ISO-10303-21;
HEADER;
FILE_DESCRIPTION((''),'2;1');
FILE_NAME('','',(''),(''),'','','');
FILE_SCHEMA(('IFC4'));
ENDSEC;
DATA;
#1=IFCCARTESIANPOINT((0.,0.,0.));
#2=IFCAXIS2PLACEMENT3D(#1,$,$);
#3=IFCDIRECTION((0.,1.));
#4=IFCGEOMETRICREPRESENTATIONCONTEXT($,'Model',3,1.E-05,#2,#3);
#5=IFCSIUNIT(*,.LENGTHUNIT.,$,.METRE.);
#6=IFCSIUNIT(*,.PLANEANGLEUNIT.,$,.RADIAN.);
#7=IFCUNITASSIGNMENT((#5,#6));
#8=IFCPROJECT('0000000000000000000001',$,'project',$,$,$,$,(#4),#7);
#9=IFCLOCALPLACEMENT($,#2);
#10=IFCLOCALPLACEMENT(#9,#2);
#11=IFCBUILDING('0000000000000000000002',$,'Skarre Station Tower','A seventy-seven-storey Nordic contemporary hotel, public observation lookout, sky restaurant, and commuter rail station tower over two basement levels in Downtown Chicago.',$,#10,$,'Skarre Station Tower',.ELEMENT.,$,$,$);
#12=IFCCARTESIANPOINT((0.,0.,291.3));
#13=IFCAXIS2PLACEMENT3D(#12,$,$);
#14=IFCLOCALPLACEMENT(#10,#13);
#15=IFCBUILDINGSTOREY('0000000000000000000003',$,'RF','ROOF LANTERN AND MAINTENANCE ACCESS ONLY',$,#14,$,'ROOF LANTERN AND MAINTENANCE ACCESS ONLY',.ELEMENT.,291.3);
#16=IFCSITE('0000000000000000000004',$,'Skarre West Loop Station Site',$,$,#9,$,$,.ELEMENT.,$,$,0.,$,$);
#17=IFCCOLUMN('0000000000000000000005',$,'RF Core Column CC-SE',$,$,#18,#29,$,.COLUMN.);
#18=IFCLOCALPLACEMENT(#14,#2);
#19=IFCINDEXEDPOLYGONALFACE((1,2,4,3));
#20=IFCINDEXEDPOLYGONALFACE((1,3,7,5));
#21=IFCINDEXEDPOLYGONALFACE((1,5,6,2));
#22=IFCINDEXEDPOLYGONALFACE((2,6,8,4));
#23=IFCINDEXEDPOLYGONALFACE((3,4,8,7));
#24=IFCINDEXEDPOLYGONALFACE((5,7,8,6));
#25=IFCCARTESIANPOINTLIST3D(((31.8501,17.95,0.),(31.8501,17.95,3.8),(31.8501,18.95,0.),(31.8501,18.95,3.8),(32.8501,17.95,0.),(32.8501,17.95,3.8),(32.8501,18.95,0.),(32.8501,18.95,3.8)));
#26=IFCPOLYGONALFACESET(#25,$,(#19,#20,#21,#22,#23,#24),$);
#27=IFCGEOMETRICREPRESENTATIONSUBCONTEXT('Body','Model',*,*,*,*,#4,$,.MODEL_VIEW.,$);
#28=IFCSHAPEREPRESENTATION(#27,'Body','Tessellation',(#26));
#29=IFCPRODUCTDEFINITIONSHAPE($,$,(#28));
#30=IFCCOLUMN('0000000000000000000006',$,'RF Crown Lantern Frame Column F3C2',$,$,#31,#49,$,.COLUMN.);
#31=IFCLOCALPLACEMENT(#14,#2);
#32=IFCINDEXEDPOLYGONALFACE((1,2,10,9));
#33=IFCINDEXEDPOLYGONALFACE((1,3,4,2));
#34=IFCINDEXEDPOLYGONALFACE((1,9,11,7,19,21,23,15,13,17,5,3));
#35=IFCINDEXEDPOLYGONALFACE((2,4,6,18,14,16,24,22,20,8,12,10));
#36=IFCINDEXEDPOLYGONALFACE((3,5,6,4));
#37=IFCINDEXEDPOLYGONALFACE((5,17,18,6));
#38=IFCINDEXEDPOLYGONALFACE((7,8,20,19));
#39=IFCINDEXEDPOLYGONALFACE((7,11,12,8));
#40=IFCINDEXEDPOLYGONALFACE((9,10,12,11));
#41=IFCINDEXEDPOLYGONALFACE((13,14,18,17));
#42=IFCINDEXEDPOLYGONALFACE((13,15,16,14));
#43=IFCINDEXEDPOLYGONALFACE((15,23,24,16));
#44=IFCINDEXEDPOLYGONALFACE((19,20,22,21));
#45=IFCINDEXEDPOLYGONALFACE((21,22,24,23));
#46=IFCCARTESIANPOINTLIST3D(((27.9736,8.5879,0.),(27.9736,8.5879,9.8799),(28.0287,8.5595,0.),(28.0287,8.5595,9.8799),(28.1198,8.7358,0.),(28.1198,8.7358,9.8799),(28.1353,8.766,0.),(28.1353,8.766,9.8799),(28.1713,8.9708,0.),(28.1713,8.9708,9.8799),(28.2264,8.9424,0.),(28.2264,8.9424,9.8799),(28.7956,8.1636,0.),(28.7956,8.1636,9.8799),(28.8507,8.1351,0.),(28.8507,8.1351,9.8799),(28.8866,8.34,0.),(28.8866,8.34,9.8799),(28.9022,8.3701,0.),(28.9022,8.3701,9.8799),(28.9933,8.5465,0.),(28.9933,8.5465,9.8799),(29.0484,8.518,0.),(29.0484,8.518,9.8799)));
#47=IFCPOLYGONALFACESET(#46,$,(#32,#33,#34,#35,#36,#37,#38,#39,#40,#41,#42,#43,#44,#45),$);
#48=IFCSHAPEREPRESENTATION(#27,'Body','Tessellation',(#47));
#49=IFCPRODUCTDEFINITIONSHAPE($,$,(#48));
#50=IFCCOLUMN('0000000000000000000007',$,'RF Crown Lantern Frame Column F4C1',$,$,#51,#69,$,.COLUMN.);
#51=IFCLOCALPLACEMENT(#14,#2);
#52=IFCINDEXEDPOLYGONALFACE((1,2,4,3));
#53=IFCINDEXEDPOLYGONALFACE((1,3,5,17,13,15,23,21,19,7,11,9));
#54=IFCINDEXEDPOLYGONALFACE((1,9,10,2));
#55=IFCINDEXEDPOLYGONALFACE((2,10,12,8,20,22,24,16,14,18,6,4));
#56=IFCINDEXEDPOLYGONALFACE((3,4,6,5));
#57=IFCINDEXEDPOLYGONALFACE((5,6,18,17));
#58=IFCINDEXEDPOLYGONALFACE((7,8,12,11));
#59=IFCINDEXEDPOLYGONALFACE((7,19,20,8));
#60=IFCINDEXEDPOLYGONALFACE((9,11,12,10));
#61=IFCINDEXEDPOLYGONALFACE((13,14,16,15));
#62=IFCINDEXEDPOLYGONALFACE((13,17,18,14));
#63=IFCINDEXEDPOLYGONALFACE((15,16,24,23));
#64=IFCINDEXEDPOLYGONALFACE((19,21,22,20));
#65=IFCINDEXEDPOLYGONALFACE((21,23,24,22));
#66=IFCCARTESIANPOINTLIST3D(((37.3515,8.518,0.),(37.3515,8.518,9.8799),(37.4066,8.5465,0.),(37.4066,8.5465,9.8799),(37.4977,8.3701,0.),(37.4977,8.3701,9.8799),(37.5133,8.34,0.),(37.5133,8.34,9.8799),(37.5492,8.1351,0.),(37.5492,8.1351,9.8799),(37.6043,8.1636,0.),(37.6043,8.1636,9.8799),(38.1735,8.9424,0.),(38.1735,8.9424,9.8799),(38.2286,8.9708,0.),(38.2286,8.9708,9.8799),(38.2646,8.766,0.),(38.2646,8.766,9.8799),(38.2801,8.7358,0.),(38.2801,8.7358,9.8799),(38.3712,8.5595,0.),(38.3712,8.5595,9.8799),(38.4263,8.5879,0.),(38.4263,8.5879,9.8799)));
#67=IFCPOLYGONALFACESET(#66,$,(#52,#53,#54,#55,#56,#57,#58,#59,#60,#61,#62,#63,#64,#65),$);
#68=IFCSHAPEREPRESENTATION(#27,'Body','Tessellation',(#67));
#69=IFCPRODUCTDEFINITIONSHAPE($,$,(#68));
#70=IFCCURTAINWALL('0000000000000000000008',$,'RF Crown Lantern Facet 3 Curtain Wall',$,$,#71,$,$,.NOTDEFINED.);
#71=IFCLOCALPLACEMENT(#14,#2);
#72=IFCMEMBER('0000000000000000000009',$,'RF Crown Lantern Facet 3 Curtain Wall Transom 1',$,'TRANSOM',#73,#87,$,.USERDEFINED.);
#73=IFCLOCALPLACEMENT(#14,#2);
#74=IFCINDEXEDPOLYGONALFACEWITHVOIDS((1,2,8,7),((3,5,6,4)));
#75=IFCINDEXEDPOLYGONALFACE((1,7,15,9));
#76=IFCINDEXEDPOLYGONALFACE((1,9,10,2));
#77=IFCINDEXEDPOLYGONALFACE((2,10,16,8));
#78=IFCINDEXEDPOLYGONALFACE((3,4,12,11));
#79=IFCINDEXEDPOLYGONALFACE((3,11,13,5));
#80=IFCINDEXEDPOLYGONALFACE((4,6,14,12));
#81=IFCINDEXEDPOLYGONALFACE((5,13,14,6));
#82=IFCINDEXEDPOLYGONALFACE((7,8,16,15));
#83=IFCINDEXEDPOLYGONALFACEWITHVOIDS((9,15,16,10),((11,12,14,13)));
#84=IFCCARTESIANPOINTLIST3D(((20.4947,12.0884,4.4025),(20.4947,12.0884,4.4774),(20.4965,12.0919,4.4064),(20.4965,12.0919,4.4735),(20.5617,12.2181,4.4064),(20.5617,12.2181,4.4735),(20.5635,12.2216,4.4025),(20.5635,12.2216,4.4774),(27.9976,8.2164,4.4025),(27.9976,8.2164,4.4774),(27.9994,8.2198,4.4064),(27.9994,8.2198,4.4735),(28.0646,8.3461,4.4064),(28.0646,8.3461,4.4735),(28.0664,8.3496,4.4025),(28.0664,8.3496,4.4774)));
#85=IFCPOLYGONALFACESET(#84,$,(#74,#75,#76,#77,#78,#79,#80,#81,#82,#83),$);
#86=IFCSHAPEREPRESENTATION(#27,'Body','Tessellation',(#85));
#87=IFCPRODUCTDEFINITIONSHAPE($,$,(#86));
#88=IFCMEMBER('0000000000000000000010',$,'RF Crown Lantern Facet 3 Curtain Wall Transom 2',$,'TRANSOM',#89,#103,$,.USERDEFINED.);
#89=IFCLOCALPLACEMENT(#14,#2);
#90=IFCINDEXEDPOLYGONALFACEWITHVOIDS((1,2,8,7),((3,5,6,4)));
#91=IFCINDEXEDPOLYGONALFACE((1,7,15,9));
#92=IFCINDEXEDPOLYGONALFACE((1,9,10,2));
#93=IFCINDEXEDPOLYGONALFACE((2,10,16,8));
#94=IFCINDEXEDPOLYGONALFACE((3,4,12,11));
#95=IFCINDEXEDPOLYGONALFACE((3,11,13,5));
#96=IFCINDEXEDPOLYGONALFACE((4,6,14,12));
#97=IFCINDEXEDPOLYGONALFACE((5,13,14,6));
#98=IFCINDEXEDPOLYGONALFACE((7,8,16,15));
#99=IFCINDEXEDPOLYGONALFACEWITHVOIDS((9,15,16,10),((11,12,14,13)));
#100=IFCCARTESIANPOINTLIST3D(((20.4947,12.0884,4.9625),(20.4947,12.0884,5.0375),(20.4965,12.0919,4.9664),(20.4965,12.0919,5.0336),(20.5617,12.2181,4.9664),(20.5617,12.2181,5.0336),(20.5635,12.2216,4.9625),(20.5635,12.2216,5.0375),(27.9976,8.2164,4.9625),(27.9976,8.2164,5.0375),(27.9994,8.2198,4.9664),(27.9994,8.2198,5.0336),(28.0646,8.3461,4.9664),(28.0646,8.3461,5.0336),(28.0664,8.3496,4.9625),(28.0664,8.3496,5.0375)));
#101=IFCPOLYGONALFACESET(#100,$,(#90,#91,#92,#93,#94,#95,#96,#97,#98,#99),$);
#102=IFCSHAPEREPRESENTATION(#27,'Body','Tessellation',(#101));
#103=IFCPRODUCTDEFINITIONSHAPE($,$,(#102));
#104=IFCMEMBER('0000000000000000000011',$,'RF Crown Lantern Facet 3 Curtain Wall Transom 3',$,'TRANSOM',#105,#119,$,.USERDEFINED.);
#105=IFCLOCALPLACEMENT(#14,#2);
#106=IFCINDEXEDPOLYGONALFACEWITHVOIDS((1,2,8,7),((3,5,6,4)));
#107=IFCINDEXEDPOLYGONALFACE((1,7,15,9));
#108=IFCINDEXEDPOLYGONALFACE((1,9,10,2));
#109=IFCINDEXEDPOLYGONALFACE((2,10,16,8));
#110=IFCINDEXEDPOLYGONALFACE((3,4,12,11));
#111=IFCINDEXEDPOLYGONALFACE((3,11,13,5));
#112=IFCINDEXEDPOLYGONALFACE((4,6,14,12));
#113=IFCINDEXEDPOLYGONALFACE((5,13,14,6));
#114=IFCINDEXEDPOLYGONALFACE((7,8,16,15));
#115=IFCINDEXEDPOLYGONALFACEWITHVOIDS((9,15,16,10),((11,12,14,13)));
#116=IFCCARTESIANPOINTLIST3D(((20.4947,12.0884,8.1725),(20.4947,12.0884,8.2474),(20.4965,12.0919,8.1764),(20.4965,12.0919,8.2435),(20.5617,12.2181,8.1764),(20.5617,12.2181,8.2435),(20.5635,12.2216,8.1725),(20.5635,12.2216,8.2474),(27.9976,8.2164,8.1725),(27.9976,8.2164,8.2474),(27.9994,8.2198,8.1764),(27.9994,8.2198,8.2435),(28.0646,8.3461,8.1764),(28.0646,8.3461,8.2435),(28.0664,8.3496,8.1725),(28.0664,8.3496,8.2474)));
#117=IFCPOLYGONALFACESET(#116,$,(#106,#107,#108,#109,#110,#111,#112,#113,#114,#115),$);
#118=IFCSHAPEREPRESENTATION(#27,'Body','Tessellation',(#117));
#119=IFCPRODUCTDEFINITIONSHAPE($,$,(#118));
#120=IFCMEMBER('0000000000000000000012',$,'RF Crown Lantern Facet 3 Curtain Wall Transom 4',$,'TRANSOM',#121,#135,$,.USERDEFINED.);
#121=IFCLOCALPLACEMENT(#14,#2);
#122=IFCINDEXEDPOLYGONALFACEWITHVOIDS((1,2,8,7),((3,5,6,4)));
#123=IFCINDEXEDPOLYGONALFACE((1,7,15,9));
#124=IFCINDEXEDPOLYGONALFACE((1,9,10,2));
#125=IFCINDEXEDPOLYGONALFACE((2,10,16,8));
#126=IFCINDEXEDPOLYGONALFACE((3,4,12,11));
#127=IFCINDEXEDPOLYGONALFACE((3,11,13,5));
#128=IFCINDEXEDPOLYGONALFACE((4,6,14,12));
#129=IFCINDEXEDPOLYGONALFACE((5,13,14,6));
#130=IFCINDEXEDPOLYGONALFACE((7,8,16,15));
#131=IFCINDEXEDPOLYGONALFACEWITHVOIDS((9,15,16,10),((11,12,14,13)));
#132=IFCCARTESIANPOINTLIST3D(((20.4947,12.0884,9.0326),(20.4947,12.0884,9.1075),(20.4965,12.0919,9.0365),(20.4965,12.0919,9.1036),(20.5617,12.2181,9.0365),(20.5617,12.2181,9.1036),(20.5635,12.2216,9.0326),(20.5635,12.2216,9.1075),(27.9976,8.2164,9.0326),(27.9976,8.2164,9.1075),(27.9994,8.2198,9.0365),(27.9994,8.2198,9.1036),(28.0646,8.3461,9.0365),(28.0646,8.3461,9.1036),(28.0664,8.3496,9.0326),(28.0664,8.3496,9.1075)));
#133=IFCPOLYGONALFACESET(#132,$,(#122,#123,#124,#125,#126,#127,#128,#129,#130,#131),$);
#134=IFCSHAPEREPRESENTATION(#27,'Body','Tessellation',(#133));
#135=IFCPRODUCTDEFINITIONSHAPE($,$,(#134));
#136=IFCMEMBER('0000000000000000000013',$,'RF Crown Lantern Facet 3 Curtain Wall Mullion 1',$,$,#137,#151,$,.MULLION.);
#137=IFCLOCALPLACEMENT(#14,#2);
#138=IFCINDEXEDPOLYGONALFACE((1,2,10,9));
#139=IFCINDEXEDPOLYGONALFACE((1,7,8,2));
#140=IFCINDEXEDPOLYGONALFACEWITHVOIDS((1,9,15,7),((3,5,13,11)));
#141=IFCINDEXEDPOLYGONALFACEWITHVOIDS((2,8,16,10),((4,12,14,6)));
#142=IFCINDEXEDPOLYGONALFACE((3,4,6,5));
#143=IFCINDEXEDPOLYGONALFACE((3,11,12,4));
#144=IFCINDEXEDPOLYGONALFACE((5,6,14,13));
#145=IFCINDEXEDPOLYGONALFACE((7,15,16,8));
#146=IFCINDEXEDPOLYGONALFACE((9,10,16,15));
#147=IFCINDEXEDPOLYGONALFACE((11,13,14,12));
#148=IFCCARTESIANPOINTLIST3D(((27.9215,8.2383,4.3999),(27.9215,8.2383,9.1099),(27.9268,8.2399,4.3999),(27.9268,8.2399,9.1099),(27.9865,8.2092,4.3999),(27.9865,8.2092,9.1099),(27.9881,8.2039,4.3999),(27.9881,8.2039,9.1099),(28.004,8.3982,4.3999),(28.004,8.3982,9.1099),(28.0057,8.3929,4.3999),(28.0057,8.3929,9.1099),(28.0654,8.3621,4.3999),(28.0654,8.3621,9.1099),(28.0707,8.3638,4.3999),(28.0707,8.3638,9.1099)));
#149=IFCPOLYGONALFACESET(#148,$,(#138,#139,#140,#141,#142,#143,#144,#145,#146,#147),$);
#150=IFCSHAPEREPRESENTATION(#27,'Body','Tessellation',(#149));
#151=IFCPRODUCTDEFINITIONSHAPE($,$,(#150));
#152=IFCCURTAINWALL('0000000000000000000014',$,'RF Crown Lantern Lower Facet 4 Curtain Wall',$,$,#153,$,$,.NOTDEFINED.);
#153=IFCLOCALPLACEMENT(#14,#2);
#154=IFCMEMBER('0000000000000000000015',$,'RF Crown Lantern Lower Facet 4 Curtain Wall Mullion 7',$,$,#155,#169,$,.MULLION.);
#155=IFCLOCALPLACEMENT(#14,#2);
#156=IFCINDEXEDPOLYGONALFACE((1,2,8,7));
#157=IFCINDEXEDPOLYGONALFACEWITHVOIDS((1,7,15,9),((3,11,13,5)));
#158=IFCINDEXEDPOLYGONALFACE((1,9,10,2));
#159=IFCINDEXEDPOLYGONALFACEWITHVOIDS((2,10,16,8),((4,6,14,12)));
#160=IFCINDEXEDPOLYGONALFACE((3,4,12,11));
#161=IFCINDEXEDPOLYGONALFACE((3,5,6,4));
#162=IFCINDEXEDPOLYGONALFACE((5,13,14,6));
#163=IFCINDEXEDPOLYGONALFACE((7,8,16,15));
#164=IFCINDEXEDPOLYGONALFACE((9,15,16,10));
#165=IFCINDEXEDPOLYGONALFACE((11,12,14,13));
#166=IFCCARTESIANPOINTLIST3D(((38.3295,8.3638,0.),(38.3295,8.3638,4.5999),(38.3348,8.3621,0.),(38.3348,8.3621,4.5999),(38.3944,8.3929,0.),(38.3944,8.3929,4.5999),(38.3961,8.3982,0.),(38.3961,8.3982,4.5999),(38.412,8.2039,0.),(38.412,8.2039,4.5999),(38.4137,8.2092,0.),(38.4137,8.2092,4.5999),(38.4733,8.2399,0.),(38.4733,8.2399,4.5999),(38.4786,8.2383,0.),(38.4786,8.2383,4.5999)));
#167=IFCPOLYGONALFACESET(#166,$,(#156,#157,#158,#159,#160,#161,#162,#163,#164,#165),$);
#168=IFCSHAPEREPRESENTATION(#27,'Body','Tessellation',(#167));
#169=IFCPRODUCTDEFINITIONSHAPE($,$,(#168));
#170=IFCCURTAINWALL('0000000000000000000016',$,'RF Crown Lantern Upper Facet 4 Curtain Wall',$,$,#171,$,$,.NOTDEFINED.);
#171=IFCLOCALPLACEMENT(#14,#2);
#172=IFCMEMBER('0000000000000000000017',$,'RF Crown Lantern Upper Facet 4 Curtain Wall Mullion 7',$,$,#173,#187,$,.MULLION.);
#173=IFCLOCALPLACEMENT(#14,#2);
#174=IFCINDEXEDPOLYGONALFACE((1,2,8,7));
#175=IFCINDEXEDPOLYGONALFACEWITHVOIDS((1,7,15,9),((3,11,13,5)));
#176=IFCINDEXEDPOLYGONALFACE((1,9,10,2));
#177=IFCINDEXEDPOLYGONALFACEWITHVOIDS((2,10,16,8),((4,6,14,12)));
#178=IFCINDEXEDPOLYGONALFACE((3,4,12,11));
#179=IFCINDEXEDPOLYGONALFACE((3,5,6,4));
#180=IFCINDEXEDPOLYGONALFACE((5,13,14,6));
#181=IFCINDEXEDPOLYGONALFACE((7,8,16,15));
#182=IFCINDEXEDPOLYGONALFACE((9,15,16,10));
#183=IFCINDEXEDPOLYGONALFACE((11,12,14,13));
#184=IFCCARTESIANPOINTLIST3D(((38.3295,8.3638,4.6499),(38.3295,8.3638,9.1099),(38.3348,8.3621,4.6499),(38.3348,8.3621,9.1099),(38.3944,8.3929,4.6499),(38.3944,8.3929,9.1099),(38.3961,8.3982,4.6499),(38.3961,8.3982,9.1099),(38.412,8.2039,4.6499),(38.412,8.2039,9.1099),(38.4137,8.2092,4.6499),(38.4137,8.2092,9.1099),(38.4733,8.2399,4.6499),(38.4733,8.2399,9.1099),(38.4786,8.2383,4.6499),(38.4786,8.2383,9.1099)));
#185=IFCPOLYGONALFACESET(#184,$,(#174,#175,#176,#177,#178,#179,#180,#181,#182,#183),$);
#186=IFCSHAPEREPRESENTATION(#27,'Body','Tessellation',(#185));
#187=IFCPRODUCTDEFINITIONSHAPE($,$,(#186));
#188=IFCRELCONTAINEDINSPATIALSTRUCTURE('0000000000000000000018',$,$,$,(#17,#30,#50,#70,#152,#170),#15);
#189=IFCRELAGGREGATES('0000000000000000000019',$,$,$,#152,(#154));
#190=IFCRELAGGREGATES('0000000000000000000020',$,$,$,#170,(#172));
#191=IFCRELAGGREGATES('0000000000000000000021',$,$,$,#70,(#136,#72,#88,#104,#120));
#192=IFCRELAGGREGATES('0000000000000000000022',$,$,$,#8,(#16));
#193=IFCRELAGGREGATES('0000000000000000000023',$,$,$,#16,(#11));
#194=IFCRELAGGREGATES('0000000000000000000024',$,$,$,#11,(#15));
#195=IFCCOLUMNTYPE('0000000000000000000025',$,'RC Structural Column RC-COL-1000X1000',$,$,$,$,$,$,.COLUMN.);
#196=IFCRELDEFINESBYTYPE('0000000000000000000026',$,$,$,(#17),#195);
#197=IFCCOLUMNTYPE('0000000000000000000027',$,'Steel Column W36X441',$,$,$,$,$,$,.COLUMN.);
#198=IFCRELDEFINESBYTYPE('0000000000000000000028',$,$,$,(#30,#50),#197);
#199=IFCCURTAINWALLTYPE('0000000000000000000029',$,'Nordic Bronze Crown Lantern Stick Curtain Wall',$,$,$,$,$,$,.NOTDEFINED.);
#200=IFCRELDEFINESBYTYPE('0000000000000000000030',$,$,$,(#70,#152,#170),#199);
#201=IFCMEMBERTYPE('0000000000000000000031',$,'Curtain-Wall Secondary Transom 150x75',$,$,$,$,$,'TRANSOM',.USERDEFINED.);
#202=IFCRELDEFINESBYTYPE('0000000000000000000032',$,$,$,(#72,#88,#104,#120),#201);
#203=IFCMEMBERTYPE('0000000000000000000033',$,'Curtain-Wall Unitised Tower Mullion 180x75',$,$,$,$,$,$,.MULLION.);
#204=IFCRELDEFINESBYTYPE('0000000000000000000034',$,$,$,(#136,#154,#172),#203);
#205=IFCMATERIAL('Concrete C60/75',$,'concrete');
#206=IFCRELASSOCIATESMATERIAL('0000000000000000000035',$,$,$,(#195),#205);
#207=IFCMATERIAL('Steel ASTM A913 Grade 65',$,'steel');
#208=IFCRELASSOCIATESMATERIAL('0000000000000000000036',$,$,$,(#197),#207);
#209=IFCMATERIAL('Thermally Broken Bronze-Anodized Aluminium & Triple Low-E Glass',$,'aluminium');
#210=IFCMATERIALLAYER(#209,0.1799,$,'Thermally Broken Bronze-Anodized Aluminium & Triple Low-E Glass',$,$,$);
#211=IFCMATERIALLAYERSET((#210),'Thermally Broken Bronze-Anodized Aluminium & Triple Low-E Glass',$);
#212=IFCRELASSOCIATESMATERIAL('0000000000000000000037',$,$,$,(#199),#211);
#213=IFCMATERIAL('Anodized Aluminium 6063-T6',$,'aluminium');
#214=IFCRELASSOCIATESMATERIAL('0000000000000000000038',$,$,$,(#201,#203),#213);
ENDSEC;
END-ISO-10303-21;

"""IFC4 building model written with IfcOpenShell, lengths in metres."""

from ifc_helpers import new_model, si_unit, direction, frame, origin, origin_2d, place, context, subcontext, project, spatial, rectangle, hollow_rectangle, i_section, extrude, material, layer, layer_set, material_profile, profile_set, type_object, element, aggregate, save


model = new_model("IFC4")

# Units and contexts
model_context = context("Model", 3, precision=1e-05, world=origin(), true_north=direction((0.0, 1.0)))
body_context = subcontext(model_context, "Body", "Model", "MODEL_VIEW")
ifc_project = project(units=[si_unit("LENGTHUNIT", "METRE"), si_unit("PLANEANGLEUNIT", "RADIAN")], contexts=[model_context])

# Site, building, storey
site_placement = place(None, origin())
site = spatial("IfcSite", under=ifc_project, at=site_placement, Name="Skarre West Loop Station Site", CompositionType="ELEMENT", RefElevation=0.0)
building_placement = place(site_placement, origin())
building = spatial("IfcBuilding", under=site, at=building_placement, Name="Skarre Station Tower", Description="A seventy-seven-storey Nordic contemporary hotel, public observation lookout, sky restaurant, and commuter rail station tower over two basement levels in Downtown Chicago.", LongName="Skarre Station Tower", CompositionType="ELEMENT")
storey_placement = place(building_placement, frame((0.0, 0.0, 291.3)))
storey = spatial("IfcBuildingStorey", under=building, at=storey_placement, Name="RF", Description="ROOF LANTERN AND MAINTENANCE ACCESS ONLY", LongName="ROOF LANTERN AND MAINTENANCE ACCESS ONLY", CompositionType="ELEMENT", Elevation=291.3)

# Columns
ifc_material_1 = material(Name="Concrete C60/75", Category="concrete")
ifc_material_profile_1 = material_profile(ifc_material_1, rectangle(XDim=1.0, YDim=1.0, at=origin_2d()), Name="Concrete C60/75")
ifc_profile_set_1 = profile_set([ifc_material_profile_1], Name="Concrete C60/75")
column_type_1 = type_object("IfcColumnType", Name="RC Structural Column RC-COL-1000X1000", PredefinedType="COLUMN", material=ifc_profile_set_1)
column_placement = place(storey_placement, frame((32.3501, 18.45, 0.0), z_axis=(0.0, 0.0, 1.0), x_axis=(1.0, 0.0, 0.0)))
element("IfcColumn", 1, at=column_placement, inside=storey, type_object=column_type_1, Name="RF Core Column CC-SE", PredefinedType="COLUMN", context=body_context, shape_type="SweptSolid", body=[
    extrude(rectangle(XDim=1.0, YDim=1.0, at=origin_2d()), origin(), (0.0, 0.0, 1.0), 3.8),
])
ifc_material_2 = material(Name="Steel ASTM A913 Grade 65", Category="steel")
ifc_material_profile_2 = material_profile(ifc_material_2, i_section(OverallWidth=0.4309, OverallDepth=0.9871, WebThickness=0.0339, FlangeThickness=0.062, at=origin_2d()), Name="Steel ASTM A913 Grade 65")
ifc_profile_set_2 = profile_set([ifc_material_profile_2], Name="Steel ASTM A913 Grade 65")
column_type_2 = type_object("IfcColumnType", Name="Steel Column W36X441", PredefinedType="COLUMN", material=ifc_profile_set_2)
for number, where, z_axis, x_axis, name in (
    (2, (28.511, 8.553, 0.0), (0.0, 0.0, 1.0), (-0.458712, -0.888585, 0.0), "RF Crown Lantern Frame Column F3C2"),
    (3, (37.8889, 8.553, 0.0), (0.0, 0.0, 1.0), (0.458712, -0.888585, 0.0), "RF Crown Lantern Frame Column F4C1"),
):
    element("IfcColumn", number, at=place(storey_placement, frame(where, z_axis=z_axis, x_axis=x_axis)), inside=storey, type_object=column_type_2, Name=name, PredefinedType="COLUMN", context=body_context, shape_type="SweptSolid", body=[
        extrude(i_section(OverallWidth=0.4309, OverallDepth=0.9871, WebThickness=0.0339, FlangeThickness=0.062, at=origin_2d()), origin(), (0.0, 0.0, 1.0), 9.8799),
    ])

# Curtain wall, members
ifc_material_3 = material(Name="Thermally Broken Bronze-Anodized Aluminium & Triple Low-E Glass", Category="aluminium")
ifc_layer_1 = layer(ifc_material_3, 0.1799, Name="Thermally Broken Bronze-Anodized Aluminium & Triple Low-E Glass")
ifc_layer_set_1 = layer_set([ifc_layer_1], Name="Thermally Broken Bronze-Anodized Aluminium & Triple Low-E Glass")
curtain_wall_type = type_object("IfcCurtainWallType", Name="Nordic Bronze Crown Lantern Stick Curtain Wall", PredefinedType="NOTDEFINED", material=ifc_layer_set_1)
curtain_wall_1_placement = place(storey_placement, origin())
curtain_wall_1 = element("IfcCurtainWall", 4, at=curtain_wall_1_placement, inside=storey, type_object=curtain_wall_type, Name="RF Crown Lantern Facet 3 Curtain Wall", PredefinedType="NOTDEFINED")
ifc_material_4 = material(Name="Anodized Aluminium 6063-T6", Category="aluminium")
ifc_material_profile_3 = material_profile(ifc_material_4, hollow_rectangle(XDim=0.075, YDim=0.1499, WallThickness=0.0039, at=origin_2d()), Name="Anodized Aluminium 6063-T6")
ifc_profile_set_3 = profile_set([ifc_material_profile_3], Name="Anodized Aluminium 6063-T6")
member_type_1 = type_object("IfcMemberType", Name="Curtain-Wall Secondary Transom 150x75", ElementType="TRANSOM", PredefinedType="USERDEFINED", material=ifc_profile_set_3)
member_1_placement = place(storey_placement, frame((28.032, 8.283, 4.4399), z_axis=(-0.88864, 0.458605, 0.0), x_axis=(0.0, 0.0, 1.0)))
member_1 = element("IfcMember", 5, at=member_1_placement, type_object=member_type_1, Name="RF Crown Lantern Facet 3 Curtain Wall Transom 1", ObjectType="TRANSOM", PredefinedType="USERDEFINED", context=body_context, shape_type="SweptSolid", body=[
    extrude(hollow_rectangle(XDim=0.075, YDim=0.1499, WallThickness=0.0039, at=origin_2d()), origin(), (0.0, 0.0, 1.0), 8.4431),
])
member_2_placement = place(storey_placement, frame((28.032, 8.283, 5.0), z_axis=(-0.88864, 0.458605, 0.0), x_axis=(0.0, 0.0, 1.0)))
member_2 = element("IfcMember", 6, at=member_2_placement, type_object=member_type_1, Name="RF Crown Lantern Facet 3 Curtain Wall Transom 2", ObjectType="TRANSOM", PredefinedType="USERDEFINED", context=body_context, shape_type="SweptSolid", body=[
    extrude(hollow_rectangle(XDim=0.075, YDim=0.1499, WallThickness=0.0039, at=origin_2d()), origin(), (0.0, 0.0, 1.0), 8.4431),
])
member_3_placement = place(storey_placement, frame((28.032, 8.283, 8.21), z_axis=(-0.88864, 0.458605, 0.0), x_axis=(0.0, 0.0, 1.0)))
member_3 = element("IfcMember", 7, at=member_3_placement, type_object=member_type_1, Name="RF Crown Lantern Facet 3 Curtain Wall Transom 3", ObjectType="TRANSOM", PredefinedType="USERDEFINED", context=body_context, shape_type="SweptSolid", body=[
    extrude(hollow_rectangle(XDim=0.075, YDim=0.1499, WallThickness=0.0039, at=origin_2d()), origin(), (0.0, 0.0, 1.0), 8.4431),
])
member_4_placement = place(storey_placement, frame((28.032, 8.283, 9.0701), z_axis=(-0.88864, 0.458605, 0.0), x_axis=(0.0, 0.0, 1.0)))
member_4 = element("IfcMember", 8, at=member_4_placement, type_object=member_type_1, Name="RF Crown Lantern Facet 3 Curtain Wall Transom 4", ObjectType="TRANSOM", PredefinedType="USERDEFINED", context=body_context, shape_type="SweptSolid", body=[
    extrude(hollow_rectangle(XDim=0.075, YDim=0.1499, WallThickness=0.0039, at=origin_2d()), origin(), (0.0, 0.0, 1.0), 8.4431),
])
ifc_material_profile_4 = material_profile(ifc_material_4, hollow_rectangle(XDim=0.075, YDim=0.1799, WallThickness=0.0039, at=origin_2d()), Name="Anodized Aluminium 6063-T6")
ifc_profile_set_4 = profile_set([ifc_material_profile_4], Name="Anodized Aluminium 6063-T6")
member_type_2 = type_object("IfcMemberType", Name="Curtain-Wall Unitised Tower Mullion 180x75", PredefinedType="MULLION", material=ifc_profile_set_4)
member_5_placement = place(storey_placement, frame((27.9961, 8.301, 4.3999), z_axis=(0.0, 0.0, 1.0), x_axis=(-0.888649, 0.458588, 0.0)))
member_5 = element("IfcMember", 9, at=member_5_placement, type_object=member_type_2, Name="RF Crown Lantern Facet 3 Curtain Wall Mullion 1", PredefinedType="MULLION", context=body_context, shape_type="SweptSolid", body=[
    extrude(hollow_rectangle(XDim=0.075, YDim=0.1799, WallThickness=0.0039, at=origin_2d()), origin(), (0.0, 0.0, 1.0), 4.71),
])

# Curtain walls, members
curtain_wall_2_placement = place(storey_placement, origin())
curtain_wall_2 = element("IfcCurtainWall", 10, at=curtain_wall_2_placement, inside=storey, type_object=curtain_wall_type, Name="RF Crown Lantern Lower Facet 4 Curtain Wall", PredefinedType="NOTDEFINED")
member_6_placement = place(storey_placement, frame((38.4041, 8.301, 0.0), z_axis=(0.0, 0.0, 1.0), x_axis=(-0.888649, -0.458588, 0.0)))
member_6 = element("IfcMember", 11, at=member_6_placement, type_object=member_type_2, Name="RF Crown Lantern Lower Facet 4 Curtain Wall Mullion 7", PredefinedType="MULLION", context=body_context, shape_type="SweptSolid", body=[
    extrude(hollow_rectangle(XDim=0.075, YDim=0.1799, WallThickness=0.0039, at=origin_2d()), origin(), (0.0, 0.0, 1.0), 4.5999),
])
aggregate(curtain_wall_2, [member_6])
curtain_wall_3_placement = place(storey_placement, origin())
curtain_wall_3 = element("IfcCurtainWall", 12, at=curtain_wall_3_placement, inside=storey, type_object=curtain_wall_type, Name="RF Crown Lantern Upper Facet 4 Curtain Wall", PredefinedType="NOTDEFINED")
member_7_placement = place(storey_placement, frame((38.4041, 8.301, 4.6499), z_axis=(0.0, 0.0, 1.0), x_axis=(-0.888649, -0.458588, 0.0)))
member_7 = element("IfcMember", 13, at=member_7_placement, type_object=member_type_2, Name="RF Crown Lantern Upper Facet 4 Curtain Wall Mullion 7", PredefinedType="MULLION", context=body_context, shape_type="SweptSolid", body=[
    extrude(hollow_rectangle(XDim=0.075, YDim=0.1799, WallThickness=0.0039, at=origin_2d()), origin(), (0.0, 0.0, 1.0), 4.46),
])
aggregate(curtain_wall_3, [member_7])

aggregate(curtain_wall_1, [member_5, member_1, member_2, member_3, member_4])

save(model, "model.ifc")
